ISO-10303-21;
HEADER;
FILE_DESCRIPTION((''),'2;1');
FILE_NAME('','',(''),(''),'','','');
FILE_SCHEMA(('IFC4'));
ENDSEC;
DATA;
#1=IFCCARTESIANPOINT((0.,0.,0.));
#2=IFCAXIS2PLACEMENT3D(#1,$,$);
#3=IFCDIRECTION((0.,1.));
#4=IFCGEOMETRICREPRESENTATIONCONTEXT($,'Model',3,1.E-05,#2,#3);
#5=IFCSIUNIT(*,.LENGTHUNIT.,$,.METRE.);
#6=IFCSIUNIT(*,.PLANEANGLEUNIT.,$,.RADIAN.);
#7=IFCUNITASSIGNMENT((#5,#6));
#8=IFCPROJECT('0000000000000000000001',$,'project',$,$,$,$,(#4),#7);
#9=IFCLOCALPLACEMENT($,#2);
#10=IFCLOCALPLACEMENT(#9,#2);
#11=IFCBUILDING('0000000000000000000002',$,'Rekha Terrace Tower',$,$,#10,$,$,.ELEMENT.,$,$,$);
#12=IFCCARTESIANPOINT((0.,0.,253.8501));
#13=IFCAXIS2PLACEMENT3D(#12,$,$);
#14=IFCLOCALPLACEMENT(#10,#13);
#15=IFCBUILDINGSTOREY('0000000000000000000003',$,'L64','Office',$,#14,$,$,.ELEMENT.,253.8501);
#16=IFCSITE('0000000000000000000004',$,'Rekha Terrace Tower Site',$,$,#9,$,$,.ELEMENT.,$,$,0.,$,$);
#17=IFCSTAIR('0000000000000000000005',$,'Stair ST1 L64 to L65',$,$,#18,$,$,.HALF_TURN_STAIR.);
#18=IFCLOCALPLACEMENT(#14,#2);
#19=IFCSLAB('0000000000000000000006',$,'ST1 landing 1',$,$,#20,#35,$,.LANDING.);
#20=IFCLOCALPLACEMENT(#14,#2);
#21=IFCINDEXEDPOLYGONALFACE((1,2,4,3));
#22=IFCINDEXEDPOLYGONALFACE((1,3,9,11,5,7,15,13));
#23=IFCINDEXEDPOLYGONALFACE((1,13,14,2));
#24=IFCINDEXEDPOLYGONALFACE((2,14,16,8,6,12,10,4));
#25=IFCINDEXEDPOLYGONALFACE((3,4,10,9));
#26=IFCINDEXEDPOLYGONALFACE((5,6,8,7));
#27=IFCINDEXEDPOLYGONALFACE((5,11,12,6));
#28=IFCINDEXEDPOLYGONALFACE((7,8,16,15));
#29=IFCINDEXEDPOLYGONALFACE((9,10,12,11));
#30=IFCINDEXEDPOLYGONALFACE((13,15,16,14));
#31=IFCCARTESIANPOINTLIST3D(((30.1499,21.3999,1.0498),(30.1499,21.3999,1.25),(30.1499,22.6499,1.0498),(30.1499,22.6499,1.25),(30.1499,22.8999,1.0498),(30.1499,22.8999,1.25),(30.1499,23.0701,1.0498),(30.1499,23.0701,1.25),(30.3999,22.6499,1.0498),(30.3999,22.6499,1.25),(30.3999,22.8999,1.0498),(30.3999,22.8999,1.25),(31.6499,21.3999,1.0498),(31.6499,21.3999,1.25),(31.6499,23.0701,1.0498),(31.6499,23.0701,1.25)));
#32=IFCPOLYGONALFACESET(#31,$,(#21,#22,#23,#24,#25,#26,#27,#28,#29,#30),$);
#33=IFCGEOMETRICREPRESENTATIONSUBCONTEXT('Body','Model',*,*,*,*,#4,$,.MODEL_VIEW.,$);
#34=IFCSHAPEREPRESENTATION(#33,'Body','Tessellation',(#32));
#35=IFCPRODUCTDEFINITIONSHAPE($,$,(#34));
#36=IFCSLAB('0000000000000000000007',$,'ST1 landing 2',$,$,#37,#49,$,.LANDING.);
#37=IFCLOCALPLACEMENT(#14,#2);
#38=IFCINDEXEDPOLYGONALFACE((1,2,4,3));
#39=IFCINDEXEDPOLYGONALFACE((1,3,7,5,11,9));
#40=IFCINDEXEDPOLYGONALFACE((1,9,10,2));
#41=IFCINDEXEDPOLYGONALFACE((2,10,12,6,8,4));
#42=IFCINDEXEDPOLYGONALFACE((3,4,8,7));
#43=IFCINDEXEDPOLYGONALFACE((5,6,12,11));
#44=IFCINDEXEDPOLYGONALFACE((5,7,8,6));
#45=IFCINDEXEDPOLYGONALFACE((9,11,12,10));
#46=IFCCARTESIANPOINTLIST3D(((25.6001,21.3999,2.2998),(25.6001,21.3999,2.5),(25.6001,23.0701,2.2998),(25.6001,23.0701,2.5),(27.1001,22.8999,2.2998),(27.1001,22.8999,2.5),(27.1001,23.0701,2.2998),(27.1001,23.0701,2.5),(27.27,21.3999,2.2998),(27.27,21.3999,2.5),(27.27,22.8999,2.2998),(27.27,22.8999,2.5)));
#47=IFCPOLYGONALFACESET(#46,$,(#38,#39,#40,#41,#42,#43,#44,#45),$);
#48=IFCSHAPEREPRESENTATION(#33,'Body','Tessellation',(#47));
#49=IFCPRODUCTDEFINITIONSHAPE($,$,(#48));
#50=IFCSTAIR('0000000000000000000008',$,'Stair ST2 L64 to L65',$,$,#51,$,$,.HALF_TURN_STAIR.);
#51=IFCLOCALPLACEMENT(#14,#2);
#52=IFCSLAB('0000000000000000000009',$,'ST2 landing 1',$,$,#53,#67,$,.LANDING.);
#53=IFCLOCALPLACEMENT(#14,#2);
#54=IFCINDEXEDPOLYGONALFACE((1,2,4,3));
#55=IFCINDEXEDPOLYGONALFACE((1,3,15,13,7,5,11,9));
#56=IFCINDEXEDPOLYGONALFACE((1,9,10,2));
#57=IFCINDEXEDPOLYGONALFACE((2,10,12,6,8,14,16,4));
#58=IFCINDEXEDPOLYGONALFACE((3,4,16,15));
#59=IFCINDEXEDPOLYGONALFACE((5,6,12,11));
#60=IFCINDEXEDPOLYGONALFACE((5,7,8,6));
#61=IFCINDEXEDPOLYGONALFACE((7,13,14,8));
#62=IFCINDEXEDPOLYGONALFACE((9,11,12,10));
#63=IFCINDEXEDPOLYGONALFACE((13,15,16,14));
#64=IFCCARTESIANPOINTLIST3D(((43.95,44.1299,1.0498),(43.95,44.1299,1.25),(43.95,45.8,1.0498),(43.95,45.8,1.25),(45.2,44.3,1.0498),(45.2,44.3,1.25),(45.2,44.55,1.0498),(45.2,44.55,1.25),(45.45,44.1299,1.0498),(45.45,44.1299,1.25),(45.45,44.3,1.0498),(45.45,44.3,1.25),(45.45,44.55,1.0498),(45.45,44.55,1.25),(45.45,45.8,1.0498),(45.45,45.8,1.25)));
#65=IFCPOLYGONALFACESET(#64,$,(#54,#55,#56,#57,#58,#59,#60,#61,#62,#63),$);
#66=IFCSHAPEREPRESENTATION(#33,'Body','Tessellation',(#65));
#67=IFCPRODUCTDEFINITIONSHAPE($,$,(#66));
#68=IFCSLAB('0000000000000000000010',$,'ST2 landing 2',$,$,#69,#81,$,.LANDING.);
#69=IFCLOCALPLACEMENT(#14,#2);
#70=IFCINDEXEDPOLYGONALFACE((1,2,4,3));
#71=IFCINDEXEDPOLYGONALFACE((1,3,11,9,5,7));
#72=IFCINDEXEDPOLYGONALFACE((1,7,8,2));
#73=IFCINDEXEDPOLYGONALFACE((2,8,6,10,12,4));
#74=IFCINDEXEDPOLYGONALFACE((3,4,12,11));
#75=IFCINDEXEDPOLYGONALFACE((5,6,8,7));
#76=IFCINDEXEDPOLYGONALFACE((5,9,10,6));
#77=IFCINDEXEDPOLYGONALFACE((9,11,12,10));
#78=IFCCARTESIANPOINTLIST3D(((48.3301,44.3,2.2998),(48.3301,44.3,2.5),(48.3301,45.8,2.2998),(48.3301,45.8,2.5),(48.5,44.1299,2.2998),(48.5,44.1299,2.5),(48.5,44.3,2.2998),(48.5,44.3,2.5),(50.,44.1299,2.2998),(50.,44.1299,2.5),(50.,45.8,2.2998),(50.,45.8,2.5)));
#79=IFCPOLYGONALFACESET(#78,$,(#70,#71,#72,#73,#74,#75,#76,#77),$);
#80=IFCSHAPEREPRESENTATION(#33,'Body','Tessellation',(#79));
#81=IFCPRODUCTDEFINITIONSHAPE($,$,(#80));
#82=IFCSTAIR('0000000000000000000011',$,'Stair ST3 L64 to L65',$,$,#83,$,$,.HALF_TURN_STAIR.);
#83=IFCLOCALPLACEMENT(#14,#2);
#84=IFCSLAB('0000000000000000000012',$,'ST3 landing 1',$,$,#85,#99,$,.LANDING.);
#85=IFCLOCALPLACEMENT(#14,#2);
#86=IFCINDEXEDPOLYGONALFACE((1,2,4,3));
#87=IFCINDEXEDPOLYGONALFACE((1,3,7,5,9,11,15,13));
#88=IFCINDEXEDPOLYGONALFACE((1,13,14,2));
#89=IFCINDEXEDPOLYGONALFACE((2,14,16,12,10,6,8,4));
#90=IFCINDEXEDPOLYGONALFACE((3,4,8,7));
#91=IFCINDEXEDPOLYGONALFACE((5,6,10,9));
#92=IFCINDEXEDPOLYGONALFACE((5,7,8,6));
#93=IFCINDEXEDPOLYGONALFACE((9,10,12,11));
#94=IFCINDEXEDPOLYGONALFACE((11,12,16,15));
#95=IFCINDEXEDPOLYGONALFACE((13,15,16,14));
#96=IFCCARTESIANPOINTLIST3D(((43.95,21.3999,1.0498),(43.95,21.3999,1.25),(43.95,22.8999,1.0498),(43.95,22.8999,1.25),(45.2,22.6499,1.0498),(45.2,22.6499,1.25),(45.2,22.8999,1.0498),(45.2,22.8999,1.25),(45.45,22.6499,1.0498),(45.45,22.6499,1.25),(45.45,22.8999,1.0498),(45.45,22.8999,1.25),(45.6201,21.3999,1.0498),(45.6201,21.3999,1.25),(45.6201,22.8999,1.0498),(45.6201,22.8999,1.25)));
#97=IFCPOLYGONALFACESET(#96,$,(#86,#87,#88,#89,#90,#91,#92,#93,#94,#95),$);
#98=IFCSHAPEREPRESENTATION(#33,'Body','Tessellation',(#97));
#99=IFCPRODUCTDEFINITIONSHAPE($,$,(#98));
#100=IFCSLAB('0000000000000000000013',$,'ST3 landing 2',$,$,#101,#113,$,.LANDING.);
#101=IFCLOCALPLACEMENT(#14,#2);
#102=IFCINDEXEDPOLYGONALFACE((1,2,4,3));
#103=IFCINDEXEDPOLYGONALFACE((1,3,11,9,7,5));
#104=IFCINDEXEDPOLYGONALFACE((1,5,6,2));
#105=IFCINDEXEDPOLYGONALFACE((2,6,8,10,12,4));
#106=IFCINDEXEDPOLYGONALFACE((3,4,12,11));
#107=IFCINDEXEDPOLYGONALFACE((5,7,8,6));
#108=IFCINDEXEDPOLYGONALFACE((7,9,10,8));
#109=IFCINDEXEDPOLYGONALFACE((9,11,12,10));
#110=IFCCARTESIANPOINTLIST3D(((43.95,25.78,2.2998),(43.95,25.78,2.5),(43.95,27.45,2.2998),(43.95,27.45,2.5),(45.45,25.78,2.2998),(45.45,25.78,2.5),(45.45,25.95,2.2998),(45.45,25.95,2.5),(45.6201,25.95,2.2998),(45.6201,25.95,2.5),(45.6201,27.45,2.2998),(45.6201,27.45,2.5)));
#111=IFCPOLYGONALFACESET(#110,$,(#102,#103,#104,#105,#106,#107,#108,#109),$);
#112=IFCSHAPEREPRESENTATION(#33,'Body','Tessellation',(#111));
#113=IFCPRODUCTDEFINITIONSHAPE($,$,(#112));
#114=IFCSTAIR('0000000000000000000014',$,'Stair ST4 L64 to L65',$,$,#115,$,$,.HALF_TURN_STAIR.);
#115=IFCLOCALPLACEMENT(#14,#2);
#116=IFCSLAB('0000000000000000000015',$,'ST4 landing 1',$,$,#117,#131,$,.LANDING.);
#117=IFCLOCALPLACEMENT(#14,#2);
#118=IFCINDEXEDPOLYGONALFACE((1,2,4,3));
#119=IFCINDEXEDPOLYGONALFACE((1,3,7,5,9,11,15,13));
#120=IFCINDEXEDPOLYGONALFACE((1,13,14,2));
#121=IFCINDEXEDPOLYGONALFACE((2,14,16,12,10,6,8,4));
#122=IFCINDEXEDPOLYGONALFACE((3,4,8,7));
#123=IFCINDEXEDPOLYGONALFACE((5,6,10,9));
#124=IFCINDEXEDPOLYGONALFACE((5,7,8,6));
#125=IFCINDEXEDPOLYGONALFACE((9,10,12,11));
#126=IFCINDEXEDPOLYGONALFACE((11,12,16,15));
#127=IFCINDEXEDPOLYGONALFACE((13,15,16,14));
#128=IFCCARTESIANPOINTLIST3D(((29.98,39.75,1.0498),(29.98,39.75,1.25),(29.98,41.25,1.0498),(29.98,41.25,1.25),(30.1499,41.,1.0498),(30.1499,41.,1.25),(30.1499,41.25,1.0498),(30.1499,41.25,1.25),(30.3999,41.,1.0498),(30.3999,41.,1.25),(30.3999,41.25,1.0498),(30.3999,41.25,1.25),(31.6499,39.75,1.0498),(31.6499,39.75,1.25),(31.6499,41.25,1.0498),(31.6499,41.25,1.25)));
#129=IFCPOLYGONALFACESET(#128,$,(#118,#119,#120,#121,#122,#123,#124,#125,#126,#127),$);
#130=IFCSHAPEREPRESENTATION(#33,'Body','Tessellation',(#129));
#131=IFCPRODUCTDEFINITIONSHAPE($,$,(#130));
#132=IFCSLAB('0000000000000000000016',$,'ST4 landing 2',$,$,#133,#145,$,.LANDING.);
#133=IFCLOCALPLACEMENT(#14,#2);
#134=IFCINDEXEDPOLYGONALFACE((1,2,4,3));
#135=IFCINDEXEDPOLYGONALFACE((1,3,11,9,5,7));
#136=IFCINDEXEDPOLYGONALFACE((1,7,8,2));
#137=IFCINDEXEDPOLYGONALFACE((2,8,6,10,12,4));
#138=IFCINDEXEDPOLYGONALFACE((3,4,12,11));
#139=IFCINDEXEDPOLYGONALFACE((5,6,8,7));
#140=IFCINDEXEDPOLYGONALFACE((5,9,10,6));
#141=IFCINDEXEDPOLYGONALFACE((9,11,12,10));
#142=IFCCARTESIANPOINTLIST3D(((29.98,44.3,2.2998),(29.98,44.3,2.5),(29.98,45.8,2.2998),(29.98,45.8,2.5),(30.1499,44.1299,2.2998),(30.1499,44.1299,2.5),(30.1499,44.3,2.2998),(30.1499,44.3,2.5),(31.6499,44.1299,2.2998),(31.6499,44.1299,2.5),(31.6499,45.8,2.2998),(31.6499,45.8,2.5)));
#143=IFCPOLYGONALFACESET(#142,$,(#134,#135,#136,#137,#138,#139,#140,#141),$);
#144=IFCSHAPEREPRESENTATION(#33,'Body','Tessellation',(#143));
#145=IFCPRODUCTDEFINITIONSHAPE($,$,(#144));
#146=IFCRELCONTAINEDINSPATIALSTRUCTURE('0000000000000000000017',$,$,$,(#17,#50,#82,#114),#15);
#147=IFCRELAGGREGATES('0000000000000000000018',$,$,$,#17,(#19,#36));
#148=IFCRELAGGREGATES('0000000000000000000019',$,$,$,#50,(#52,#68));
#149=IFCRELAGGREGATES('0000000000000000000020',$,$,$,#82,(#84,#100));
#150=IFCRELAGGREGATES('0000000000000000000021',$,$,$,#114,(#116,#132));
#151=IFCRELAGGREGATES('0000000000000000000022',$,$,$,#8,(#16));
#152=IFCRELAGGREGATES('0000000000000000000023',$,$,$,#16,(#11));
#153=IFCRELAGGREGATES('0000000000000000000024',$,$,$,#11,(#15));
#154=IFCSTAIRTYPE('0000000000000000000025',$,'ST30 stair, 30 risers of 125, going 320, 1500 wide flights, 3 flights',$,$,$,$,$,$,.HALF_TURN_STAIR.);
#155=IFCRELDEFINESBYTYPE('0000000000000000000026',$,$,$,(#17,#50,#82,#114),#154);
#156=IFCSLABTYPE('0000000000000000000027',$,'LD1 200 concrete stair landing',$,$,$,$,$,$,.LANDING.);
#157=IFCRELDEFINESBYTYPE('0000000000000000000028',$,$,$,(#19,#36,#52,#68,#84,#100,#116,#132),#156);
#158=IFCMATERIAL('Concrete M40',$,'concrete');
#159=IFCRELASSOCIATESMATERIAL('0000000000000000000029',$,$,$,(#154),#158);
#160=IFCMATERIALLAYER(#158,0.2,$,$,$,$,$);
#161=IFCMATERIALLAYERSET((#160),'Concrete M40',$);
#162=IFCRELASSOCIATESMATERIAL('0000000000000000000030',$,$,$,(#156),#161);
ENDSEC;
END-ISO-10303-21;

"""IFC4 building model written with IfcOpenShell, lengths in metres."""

from ifc_helpers import new_model, si_unit, direction, frame, origin, place, context, subcontext, project, spatial, polyline, outline, extrude, material, layer, layer_set, type_object, element, aggregate, save


model = new_model("IFC4")

# Units and contexts
model_context = context("Model", 3, precision=1e-05, world=origin(), true_north=direction((0.0, 1.0)))
body_context = subcontext(model_context, "Body", "Model", "MODEL_VIEW")
ifc_project = project(units=[si_unit("LENGTHUNIT", "METRE"), si_unit("PLANEANGLEUNIT", "RADIAN")], contexts=[model_context])

# Site, building, storey
site_placement = place(None, origin())
site = spatial("IfcSite", under=ifc_project, at=site_placement, Name="Rekha Terrace Tower Site", CompositionType="ELEMENT", RefElevation=0.0)
building_placement = place(site_placement, origin())
building = spatial("IfcBuilding", under=site, at=building_placement, Name="Rekha Terrace Tower", CompositionType="ELEMENT")
storey_placement = place(building_placement, frame((0.0, 0.0, 253.8501)))
storey = spatial("IfcBuildingStorey", under=building, at=storey_placement, Name="L64", Description="Office", CompositionType="ELEMENT", Elevation=253.8501)

# Stairs, slabs
ifc_material_1 = material(Name="Concrete M40", Category="concrete")
stair_type = type_object("IfcStairType", Name="ST30 stair, 30 risers of 125, going 320, 1500 wide flights, 3 flights", PredefinedType="HALF_TURN_STAIR", material=ifc_material_1)
stair_1_placement = place(storey_placement, origin())
stair_1 = element("IfcStair", 1, at=stair_1_placement, inside=storey, type_object=stair_type, Name="Stair ST1 L64 to L65", PredefinedType="HALF_TURN_STAIR")
ifc_layer_1 = layer(ifc_material_1, 0.2)
ifc_layer_set_1 = layer_set([ifc_layer_1], Name="Concrete M40")
slab_type_1 = type_object("IfcSlabType", Name="LD1 200 concrete stair landing", PredefinedType="LANDING", material=ifc_layer_set_1)
slab_1_placement = place(storey_placement, frame((0.0, 0.0, 1.0498)))
slab_1 = element("IfcSlab", 2, at=slab_1_placement, type_object=slab_type_1, Name="ST1 landing 1", PredefinedType="LANDING", context=body_context, shape_type="SweptSolid", body=[
    extrude(outline(polyline([(30.1499, 21.3999), (31.6499, 21.3999), (31.6499, 23.0701), (30.1499, 23.0701), (30.1499, 22.8999), (30.3999, 22.8999), (30.3999, 22.6499), (30.1499, 22.6499), (30.1499, 21.3999)])), origin(), (0.0, 0.0, 1.0), 0.2002),
])
slab_2_placement = place(storey_placement, frame((0.0, 0.0, 2.2998)))
slab_2 = element("IfcSlab", 3, at=slab_2_placement, type_object=slab_type_1, Name="ST1 landing 2", PredefinedType="LANDING", context=body_context, shape_type="SweptSolid", body=[
    extrude(outline(polyline([(27.1001, 23.0701), (25.6001, 23.0701), (25.6001, 21.3999), (27.27, 21.3999), (27.27, 22.8999), (27.1001, 22.8999), (27.1001, 23.0701)])), origin(), (0.0, 0.0, 1.0), 0.2002),
])
aggregate(stair_1, [slab_1, slab_2])
stair_2_placement = place(storey_placement, origin())
stair_2 = element("IfcStair", 4, at=stair_2_placement, inside=storey, type_object=stair_type, Name="Stair ST2 L64 to L65", PredefinedType="HALF_TURN_STAIR")
slab_3_placement = place(storey_placement, frame((0.0, 0.0, 1.0498)))
slab_3 = element("IfcSlab", 5, at=slab_3_placement, type_object=slab_type_1, Name="ST2 landing 1", PredefinedType="LANDING", context=body_context, shape_type="SweptSolid", body=[
    extrude(outline(polyline([(45.45, 45.8), (43.95, 45.8), (43.95, 44.1299), (45.45, 44.1299), (45.45, 44.3), (45.2, 44.3), (45.2, 44.55), (45.45, 44.55), (45.45, 45.8)])), origin(), (0.0, 0.0, 1.0), 0.2002),
])
slab_4_placement = place(storey_placement, frame((0.0, 0.0, 2.2998)))
slab_4 = element("IfcSlab", 6, at=slab_4_placement, type_object=slab_type_1, Name="ST2 landing 2", PredefinedType="LANDING", context=body_context, shape_type="SweptSolid", body=[
    extrude(outline(polyline([(48.5, 44.1299), (50.0, 44.1299), (50.0, 45.8), (48.3301, 45.8), (48.3301, 44.3), (48.5, 44.3), (48.5, 44.1299)])), origin(), (0.0, 0.0, 1.0), 0.2002),
])
aggregate(stair_2, [slab_3, slab_4])
stair_3_placement = place(storey_placement, origin())
stair_3 = element("IfcStair", 7, at=stair_3_placement, inside=storey, type_object=stair_type, Name="Stair ST3 L64 to L65", PredefinedType="HALF_TURN_STAIR")
slab_5_placement = place(storey_placement, frame((0.0, 0.0, 1.0498)))
slab_5 = element("IfcSlab", 8, at=slab_5_placement, type_object=slab_type_1, Name="ST3 landing 1", PredefinedType="LANDING", context=body_context, shape_type="SweptSolid", body=[
    extrude(outline(polyline([(43.95, 22.8999), (43.95, 21.3999), (45.6201, 21.3999), (45.6201, 22.8999), (45.45, 22.8999), (45.45, 22.6499), (45.2, 22.6499), (45.2, 22.8999), (43.95, 22.8999)])), origin(), (0.0, 0.0, 1.0), 0.2002),
])
slab_6_placement = place(storey_placement, frame((0.0, 0.0, 2.2998)))
slab_6 = element("IfcSlab", 9, at=slab_6_placement, type_object=slab_type_1, Name="ST3 landing 2", PredefinedType="LANDING", context=body_context, shape_type="SweptSolid", body=[
    extrude(outline(polyline([(45.6201, 25.95), (45.6201, 27.45), (43.95, 27.45), (43.95, 25.78), (45.45, 25.78), (45.45, 25.95), (45.6201, 25.95)])), origin(), (0.0, 0.0, 1.0), 0.2002),
])
aggregate(stair_3, [slab_5, slab_6])
stair_4_placement = place(storey_placement, origin())
stair_4 = element("IfcStair", 10, at=stair_4_placement, inside=storey, type_object=stair_type, Name="Stair ST4 L64 to L65", PredefinedType="HALF_TURN_STAIR")
slab_7_placement = place(storey_placement, frame((0.0, 0.0, 1.0498)))
slab_7 = element("IfcSlab", 11, at=slab_7_placement, type_object=slab_type_1, Name="ST4 landing 1", PredefinedType="LANDING", context=body_context, shape_type="SweptSolid", body=[
    extrude(outline(polyline([(31.6499, 41.25), (31.6499, 39.75), (29.98, 39.75), (29.98, 41.25), (30.1499, 41.25), (30.1499, 41.0), (30.3999, 41.0), (30.3999, 41.25), (31.6499, 41.25)])), origin(), (0.0, 0.0, 1.0), 0.2002),
])
slab_8_placement = place(storey_placement, frame((0.0, 0.0, 2.2998)))
slab_8 = element("IfcSlab", 12, at=slab_8_placement, type_object=slab_type_1, Name="ST4 landing 2", PredefinedType="LANDING", context=body_context, shape_type="SweptSolid", body=[
    extrude(outline(polyline([(29.98, 44.3), (29.98, 45.8), (31.6499, 45.8), (31.6499, 44.1299), (30.1499, 44.1299), (30.1499, 44.3), (29.98, 44.3)])), origin(), (0.0, 0.0, 1.0), 0.2002),
])
aggregate(stair_4, [slab_7, slab_8])

save(model, "model.ifc")
